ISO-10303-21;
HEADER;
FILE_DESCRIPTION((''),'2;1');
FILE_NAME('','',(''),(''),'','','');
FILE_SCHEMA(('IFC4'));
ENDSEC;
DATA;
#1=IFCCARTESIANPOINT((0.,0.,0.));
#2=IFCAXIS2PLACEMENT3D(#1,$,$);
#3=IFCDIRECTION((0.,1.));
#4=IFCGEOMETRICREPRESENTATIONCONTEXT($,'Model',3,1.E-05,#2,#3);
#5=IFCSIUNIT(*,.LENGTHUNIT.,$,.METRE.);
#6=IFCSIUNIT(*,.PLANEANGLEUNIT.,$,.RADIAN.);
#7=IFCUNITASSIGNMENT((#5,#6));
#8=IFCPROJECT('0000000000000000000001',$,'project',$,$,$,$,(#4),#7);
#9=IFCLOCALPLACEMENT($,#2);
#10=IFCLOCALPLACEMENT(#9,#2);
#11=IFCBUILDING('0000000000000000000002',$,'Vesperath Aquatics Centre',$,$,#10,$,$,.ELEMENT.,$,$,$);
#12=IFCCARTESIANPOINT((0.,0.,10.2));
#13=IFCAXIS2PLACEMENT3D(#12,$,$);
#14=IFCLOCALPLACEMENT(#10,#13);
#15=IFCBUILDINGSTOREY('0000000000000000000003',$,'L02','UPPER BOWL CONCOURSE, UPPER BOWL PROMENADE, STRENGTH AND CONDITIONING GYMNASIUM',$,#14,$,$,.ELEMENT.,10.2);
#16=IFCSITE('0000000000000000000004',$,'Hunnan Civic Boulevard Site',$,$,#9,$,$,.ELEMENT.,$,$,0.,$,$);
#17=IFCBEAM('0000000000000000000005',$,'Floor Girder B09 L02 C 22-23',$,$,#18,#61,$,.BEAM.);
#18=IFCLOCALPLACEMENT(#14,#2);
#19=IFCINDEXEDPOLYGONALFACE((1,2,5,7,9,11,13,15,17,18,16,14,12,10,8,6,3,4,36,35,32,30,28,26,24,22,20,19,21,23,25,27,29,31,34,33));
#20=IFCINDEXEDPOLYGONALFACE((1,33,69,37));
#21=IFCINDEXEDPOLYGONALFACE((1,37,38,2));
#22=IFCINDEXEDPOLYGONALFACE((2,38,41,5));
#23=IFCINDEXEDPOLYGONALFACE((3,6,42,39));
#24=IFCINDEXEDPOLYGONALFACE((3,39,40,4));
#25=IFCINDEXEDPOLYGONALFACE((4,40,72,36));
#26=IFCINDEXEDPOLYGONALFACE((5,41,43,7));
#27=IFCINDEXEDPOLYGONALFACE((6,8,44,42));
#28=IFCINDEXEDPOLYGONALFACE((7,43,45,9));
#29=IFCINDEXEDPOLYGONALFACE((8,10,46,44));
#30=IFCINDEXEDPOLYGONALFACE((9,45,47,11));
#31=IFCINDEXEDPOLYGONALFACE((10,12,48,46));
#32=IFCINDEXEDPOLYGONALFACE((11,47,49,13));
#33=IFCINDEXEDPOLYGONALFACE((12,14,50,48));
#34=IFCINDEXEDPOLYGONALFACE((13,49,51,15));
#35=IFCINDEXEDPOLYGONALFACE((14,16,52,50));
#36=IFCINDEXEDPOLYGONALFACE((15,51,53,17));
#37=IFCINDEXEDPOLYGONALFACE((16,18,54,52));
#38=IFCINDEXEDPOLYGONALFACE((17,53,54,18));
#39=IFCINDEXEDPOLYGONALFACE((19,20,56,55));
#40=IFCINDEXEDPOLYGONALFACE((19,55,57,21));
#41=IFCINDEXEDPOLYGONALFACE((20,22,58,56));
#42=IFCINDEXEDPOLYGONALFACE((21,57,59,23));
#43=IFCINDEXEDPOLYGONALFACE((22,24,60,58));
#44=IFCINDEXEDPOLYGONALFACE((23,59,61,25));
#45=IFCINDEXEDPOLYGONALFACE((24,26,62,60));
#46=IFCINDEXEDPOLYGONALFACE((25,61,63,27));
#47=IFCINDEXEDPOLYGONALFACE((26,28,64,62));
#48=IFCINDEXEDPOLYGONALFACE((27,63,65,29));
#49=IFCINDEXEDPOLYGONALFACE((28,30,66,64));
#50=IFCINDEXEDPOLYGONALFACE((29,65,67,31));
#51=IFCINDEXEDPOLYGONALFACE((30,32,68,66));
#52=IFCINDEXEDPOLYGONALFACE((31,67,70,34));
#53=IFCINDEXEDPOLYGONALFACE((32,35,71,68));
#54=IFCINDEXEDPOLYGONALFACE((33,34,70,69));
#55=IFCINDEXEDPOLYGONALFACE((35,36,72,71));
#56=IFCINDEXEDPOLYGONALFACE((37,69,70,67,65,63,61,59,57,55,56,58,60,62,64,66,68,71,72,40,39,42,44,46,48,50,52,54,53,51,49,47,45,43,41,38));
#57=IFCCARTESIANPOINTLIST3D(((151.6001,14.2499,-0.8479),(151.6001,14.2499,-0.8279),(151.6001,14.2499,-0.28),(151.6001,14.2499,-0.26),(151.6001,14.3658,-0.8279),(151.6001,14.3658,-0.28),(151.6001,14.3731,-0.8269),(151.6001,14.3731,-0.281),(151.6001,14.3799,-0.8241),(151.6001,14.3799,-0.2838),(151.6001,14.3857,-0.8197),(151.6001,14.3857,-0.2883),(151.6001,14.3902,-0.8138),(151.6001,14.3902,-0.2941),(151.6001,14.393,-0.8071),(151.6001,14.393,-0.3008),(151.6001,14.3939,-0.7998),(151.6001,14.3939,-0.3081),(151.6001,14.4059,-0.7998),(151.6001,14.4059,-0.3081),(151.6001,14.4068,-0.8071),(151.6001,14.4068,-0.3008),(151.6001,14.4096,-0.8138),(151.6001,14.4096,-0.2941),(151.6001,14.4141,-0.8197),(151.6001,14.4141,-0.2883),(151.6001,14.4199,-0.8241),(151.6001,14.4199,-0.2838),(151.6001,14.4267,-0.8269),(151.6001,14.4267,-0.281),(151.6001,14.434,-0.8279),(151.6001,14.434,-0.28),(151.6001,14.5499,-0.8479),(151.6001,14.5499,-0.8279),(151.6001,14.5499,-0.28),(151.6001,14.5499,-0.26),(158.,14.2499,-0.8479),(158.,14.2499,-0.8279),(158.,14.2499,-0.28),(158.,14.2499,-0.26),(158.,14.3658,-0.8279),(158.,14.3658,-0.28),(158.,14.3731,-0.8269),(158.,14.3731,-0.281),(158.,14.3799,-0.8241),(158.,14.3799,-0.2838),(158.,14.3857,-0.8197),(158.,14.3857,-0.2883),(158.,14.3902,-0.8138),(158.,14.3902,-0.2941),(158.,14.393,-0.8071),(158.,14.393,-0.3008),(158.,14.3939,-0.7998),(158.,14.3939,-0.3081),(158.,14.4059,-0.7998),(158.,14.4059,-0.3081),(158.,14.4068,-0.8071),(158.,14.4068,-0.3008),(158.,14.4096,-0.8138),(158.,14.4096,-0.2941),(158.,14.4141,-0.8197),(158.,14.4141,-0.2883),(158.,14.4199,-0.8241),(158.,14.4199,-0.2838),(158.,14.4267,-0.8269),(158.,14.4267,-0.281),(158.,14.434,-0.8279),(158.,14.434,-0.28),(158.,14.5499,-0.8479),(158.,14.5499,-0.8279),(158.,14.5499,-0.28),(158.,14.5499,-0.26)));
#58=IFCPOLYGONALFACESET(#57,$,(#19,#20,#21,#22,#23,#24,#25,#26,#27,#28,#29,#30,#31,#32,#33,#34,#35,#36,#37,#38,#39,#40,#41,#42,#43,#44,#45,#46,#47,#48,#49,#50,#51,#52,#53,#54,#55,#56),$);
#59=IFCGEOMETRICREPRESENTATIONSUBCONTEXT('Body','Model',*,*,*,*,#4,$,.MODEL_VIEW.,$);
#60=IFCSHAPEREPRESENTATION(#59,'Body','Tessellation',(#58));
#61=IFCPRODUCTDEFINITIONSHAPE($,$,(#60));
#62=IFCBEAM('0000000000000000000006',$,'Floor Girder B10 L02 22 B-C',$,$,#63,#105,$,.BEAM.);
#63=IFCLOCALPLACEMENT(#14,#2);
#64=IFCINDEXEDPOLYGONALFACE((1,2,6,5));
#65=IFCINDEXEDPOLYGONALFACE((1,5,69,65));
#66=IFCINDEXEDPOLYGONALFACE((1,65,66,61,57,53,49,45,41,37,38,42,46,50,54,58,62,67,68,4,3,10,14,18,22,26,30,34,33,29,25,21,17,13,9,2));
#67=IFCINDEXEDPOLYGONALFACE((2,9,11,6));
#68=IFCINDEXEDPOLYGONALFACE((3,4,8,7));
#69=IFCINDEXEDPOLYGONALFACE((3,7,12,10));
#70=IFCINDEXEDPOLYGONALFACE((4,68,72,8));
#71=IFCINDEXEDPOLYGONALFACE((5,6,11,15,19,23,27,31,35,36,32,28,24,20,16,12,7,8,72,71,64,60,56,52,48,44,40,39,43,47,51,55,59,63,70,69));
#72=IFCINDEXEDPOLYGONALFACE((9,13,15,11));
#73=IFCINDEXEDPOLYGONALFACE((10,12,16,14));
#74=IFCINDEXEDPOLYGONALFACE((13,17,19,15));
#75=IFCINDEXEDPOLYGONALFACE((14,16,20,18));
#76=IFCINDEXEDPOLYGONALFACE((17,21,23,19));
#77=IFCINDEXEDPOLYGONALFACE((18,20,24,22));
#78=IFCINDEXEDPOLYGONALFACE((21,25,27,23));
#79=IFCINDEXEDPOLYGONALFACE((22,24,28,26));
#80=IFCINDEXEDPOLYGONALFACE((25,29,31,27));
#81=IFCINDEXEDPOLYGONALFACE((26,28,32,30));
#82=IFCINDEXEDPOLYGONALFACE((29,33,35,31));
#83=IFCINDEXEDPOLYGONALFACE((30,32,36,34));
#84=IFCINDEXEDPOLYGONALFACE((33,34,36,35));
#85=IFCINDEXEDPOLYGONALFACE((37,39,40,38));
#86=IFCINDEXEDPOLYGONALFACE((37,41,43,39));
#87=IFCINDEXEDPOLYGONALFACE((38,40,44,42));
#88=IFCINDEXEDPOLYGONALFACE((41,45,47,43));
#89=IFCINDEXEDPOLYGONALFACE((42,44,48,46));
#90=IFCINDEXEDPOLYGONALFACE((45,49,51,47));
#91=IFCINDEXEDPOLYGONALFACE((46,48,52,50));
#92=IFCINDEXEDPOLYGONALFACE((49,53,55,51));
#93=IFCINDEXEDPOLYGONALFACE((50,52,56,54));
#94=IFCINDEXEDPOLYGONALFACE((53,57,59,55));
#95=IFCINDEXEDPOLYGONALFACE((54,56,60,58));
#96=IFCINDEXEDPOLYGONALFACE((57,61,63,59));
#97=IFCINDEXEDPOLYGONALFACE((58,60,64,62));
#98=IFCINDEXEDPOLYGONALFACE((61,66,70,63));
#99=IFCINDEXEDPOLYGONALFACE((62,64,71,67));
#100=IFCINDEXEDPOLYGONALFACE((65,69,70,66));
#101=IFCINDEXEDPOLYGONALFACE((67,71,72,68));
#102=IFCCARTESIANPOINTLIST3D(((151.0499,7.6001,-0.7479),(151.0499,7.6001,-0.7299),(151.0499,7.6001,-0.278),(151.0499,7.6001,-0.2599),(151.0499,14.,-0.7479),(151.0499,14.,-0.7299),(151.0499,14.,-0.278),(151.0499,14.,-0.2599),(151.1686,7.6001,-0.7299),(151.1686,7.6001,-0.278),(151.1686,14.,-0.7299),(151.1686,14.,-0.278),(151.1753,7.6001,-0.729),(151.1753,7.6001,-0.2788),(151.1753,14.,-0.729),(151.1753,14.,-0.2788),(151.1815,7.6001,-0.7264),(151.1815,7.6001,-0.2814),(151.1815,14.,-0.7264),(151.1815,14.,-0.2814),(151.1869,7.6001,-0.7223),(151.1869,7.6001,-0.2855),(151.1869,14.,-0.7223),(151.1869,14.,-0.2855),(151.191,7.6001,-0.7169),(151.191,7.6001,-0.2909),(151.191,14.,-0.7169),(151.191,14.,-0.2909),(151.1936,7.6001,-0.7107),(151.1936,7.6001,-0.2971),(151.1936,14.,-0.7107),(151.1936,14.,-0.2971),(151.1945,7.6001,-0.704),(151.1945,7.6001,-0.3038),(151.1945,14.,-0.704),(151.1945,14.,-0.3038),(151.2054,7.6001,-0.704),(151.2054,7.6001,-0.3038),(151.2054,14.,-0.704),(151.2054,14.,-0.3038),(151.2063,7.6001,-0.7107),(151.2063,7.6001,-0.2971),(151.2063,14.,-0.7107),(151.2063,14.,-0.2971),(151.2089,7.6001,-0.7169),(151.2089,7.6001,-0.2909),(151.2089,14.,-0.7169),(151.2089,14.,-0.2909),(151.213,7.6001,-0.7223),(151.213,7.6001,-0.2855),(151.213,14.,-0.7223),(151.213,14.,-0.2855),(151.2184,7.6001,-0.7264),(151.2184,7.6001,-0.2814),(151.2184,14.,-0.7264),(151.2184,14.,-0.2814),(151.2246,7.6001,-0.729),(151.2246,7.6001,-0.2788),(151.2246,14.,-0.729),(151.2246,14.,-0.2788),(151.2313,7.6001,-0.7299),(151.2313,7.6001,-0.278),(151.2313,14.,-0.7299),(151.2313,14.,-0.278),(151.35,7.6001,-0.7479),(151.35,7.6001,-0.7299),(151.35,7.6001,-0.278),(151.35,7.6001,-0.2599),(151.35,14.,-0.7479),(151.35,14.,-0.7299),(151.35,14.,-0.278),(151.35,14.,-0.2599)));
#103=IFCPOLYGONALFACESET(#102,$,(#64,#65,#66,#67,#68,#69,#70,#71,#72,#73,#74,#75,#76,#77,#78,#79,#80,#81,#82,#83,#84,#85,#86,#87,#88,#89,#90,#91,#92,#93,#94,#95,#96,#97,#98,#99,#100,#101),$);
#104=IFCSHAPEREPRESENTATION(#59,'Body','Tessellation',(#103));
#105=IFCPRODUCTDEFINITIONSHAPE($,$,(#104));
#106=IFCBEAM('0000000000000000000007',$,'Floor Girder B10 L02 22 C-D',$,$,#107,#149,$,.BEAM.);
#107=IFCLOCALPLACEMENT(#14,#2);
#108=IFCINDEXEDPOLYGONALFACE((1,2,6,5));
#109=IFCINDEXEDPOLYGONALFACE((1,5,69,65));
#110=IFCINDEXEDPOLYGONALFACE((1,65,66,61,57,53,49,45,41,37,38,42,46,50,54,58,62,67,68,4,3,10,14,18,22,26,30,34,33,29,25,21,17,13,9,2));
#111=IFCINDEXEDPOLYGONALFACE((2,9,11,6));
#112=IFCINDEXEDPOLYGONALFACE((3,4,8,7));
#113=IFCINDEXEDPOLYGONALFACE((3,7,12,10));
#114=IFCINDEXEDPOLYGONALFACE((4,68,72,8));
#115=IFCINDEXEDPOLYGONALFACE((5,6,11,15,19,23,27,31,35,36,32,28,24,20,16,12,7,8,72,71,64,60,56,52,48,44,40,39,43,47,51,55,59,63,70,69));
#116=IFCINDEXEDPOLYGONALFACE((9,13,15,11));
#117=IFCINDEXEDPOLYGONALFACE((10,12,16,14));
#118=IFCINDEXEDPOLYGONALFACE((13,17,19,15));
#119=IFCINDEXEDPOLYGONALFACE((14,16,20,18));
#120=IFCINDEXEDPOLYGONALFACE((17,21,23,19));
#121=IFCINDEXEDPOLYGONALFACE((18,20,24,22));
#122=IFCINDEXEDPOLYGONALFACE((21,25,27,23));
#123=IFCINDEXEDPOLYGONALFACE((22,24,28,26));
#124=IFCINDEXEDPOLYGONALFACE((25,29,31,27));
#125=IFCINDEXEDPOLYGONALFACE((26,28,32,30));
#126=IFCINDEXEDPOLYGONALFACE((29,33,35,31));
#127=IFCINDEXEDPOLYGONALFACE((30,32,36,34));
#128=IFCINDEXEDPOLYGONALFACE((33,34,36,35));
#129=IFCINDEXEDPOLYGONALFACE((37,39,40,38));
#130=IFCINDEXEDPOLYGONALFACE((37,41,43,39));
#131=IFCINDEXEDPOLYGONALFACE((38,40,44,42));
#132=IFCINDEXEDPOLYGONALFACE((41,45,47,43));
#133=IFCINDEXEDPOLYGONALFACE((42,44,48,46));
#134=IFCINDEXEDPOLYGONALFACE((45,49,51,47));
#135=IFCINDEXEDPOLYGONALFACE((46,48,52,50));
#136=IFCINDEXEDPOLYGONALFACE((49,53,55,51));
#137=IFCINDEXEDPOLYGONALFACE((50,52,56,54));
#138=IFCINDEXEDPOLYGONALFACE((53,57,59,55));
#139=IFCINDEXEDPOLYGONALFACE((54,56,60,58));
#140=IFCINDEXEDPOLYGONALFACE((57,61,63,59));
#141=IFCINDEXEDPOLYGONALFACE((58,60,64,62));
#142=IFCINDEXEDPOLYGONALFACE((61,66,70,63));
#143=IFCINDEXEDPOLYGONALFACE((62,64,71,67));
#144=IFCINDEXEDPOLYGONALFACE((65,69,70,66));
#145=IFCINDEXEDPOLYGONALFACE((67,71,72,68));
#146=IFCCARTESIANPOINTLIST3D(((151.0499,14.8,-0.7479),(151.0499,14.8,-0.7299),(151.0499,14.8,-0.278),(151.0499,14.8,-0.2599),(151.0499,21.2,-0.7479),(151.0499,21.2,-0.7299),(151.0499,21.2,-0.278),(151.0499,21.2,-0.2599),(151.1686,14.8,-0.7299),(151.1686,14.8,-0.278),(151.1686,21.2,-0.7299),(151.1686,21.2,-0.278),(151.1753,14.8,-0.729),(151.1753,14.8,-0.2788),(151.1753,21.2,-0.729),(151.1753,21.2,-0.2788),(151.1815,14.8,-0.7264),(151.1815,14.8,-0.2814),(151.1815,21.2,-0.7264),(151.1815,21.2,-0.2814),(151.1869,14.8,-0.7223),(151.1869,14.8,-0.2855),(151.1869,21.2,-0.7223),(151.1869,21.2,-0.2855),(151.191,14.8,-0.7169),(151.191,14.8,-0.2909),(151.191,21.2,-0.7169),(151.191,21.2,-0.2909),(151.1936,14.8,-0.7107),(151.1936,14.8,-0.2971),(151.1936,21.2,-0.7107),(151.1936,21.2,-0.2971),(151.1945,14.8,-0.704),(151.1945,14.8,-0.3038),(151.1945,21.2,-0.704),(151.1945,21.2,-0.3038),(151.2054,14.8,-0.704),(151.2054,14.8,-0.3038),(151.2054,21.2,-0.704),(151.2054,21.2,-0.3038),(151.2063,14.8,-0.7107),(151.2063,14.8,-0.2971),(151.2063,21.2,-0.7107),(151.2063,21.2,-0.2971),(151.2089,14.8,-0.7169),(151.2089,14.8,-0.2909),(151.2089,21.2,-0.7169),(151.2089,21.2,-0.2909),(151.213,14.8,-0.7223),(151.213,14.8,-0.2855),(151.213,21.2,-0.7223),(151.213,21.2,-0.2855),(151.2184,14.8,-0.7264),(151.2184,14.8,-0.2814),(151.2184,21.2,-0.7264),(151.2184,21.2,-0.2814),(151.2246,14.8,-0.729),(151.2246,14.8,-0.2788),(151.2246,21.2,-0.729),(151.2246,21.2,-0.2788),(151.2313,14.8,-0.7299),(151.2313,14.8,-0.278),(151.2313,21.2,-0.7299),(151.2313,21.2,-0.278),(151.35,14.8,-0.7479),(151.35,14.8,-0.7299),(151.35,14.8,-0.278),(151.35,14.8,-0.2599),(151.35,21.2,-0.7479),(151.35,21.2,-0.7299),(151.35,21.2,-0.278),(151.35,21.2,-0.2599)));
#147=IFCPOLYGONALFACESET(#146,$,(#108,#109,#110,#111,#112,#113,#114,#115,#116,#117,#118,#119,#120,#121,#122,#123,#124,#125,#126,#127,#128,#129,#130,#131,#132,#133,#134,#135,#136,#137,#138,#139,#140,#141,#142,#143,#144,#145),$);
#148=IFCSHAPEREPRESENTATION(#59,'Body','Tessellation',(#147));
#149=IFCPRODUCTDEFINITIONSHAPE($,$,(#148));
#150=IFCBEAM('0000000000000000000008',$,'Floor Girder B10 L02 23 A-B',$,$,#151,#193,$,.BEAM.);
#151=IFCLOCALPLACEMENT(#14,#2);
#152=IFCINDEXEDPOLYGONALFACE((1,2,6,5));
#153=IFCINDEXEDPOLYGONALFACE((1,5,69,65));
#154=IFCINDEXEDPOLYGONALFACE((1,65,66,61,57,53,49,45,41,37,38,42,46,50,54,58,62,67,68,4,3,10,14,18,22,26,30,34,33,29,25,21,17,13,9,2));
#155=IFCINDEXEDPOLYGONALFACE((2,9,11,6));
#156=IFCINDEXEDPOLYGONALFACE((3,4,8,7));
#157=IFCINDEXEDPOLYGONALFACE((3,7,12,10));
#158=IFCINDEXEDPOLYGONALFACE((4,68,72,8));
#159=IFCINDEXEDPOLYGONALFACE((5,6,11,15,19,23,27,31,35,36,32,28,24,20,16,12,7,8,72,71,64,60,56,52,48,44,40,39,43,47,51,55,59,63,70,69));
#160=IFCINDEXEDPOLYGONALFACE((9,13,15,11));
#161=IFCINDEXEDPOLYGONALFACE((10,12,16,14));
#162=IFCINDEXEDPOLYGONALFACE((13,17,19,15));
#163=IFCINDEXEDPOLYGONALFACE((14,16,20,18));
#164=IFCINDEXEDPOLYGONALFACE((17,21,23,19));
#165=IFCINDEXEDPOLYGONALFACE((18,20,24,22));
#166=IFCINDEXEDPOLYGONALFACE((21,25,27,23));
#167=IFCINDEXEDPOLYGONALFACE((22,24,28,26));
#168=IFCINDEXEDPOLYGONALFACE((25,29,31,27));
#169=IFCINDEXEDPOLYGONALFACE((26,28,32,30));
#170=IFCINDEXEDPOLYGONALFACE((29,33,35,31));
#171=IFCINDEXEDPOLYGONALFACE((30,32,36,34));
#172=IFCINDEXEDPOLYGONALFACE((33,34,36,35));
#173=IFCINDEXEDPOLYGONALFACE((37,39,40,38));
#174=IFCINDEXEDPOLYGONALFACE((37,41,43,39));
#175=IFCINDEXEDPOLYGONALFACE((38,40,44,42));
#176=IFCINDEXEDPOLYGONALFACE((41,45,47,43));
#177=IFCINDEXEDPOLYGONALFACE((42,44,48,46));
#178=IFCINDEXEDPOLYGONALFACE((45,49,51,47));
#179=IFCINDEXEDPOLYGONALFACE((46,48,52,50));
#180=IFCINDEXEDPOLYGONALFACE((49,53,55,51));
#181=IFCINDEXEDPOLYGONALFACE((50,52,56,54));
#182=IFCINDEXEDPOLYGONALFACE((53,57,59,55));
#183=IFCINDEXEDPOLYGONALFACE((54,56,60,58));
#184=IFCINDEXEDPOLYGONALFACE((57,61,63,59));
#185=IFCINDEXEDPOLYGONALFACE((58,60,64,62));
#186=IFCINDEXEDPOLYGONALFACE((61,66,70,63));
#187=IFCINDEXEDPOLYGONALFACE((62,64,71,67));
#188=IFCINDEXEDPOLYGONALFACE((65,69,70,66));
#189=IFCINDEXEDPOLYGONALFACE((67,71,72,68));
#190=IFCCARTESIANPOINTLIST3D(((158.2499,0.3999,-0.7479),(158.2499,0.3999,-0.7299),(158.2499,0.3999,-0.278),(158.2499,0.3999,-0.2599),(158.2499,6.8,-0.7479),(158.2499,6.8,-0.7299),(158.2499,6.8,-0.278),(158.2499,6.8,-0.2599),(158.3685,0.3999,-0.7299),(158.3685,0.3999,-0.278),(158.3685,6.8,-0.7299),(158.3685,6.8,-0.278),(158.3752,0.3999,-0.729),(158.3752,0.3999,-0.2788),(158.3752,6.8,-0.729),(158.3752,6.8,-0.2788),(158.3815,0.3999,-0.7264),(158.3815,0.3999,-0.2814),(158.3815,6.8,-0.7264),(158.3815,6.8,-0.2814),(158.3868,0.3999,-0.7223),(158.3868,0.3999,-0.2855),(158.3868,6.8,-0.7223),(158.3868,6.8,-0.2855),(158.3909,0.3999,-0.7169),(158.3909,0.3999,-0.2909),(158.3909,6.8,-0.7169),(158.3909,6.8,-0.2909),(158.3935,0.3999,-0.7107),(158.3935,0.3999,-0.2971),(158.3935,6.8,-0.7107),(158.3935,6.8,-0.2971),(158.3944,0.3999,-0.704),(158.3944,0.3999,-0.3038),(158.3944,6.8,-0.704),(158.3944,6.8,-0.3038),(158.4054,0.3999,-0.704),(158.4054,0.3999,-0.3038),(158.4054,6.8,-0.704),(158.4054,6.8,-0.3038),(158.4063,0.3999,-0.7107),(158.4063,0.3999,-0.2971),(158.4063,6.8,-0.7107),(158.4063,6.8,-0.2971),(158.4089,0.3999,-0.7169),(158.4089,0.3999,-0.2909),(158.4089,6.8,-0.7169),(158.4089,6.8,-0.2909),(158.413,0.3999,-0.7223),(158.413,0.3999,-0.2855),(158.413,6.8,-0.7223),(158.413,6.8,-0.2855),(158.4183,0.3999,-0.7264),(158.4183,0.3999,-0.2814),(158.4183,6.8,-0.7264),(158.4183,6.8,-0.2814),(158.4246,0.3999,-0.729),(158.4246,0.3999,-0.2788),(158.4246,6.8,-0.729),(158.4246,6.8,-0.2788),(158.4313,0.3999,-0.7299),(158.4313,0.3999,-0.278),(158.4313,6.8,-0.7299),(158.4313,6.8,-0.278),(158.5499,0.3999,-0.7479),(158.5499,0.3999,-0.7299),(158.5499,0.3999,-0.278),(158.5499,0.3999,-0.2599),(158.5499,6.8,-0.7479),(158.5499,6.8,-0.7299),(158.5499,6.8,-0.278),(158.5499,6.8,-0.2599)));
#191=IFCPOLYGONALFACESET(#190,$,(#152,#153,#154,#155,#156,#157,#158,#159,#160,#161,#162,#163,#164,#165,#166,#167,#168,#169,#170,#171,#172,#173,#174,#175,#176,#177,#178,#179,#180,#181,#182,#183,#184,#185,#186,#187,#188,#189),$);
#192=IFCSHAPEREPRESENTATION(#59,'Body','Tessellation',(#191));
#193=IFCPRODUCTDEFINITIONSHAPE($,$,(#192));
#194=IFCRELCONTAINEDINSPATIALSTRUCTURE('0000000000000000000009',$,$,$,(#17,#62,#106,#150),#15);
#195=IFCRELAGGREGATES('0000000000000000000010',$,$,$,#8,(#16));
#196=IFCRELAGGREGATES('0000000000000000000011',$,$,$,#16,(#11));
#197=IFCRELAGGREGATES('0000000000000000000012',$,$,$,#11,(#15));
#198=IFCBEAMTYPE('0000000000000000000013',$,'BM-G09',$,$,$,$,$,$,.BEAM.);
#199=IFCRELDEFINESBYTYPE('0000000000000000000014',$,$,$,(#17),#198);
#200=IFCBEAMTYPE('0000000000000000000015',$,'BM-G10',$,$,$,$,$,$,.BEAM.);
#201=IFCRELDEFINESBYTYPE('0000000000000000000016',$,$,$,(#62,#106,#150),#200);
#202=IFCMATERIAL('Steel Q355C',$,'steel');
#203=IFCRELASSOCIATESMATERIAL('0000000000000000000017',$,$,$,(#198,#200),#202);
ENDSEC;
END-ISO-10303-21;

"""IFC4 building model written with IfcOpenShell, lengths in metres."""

from ifc_helpers import new_model, si_unit, direction, frame, origin, origin_2d, place, context, subcontext, project, spatial, i_section, extrude, material, material_profile, profile_set, type_object, element, save


model = new_model("IFC4")

# Units and contexts
model_context = context("Model", 3, precision=1e-05, world=origin(), true_north=direction((0.0, 1.0)))
body_context = subcontext(model_context, "Body", "Model", "MODEL_VIEW")
ifc_project = project(units=[si_unit("LENGTHUNIT", "METRE"), si_unit("PLANEANGLEUNIT", "RADIAN")], contexts=[model_context])

# Site, building, storey
site_placement = place(None, origin())
site = spatial("IfcSite", under=ifc_project, at=site_placement, Name="Hunnan Civic Boulevard Site", CompositionType="ELEMENT", RefElevation=0.0)
building_placement = place(site_placement, origin())
building = spatial("IfcBuilding", under=site, at=building_placement, Name="Vesperath Aquatics Centre", CompositionType="ELEMENT")
storey_placement = place(building_placement, frame((0.0, 0.0, 10.2)))
storey = spatial("IfcBuildingStorey", under=building, at=storey_placement, Name="L02", Description="UPPER BOWL CONCOURSE, UPPER BOWL PROMENADE, STRENGTH AND CONDITIONING GYMNASIUM", CompositionType="ELEMENT", Elevation=10.2)

# Beams
ifc_material_1 = material(Name="Steel Q355C", Category="steel")
ifc_material_profile_1 = material_profile(ifc_material_1, i_section(OverallWidth=0.3, OverallDepth=0.5879, WebThickness=0.012, FlangeThickness=0.02, FilletRadius=0.0281, at=origin_2d()), Name="HM 588x300x12x20")
ifc_profile_set_1 = profile_set([ifc_material_profile_1], Name="Steel Q355C")
beam_type_1 = type_object("IfcBeamType", Name="BM-G09", PredefinedType="BEAM", material=ifc_profile_set_1)
for number, where, z_axis, x_axis, name in (
    (1, (151.6001, 14.3999, -0.554), (1.0, 0.0, 0.0), (0.0, 1.0, 0.0), "Floor Girder B09 L02 C 22-23"),
):
    element("IfcBeam", number, at=place(storey_placement, frame(where, z_axis=z_axis, x_axis=x_axis)), inside=storey, type_object=beam_type_1, Name=name, PredefinedType="BEAM", context=body_context, shape_type="SweptSolid", body=[
        extrude(i_section(OverallWidth=0.3, OverallDepth=0.5879, WebThickness=0.012, FlangeThickness=0.02, FilletRadius=0.0281, at=origin_2d()), origin(), (0.0, 0.0, 1.0), 6.3999),
    ])
ifc_material_profile_2 = material_profile(ifc_material_1, i_section(OverallWidth=0.3, OverallDepth=0.488, WebThickness=0.011, FlangeThickness=0.0181, FilletRadius=0.0259, at=origin_2d()), Name="HM 488x300x11x18")
ifc_profile_set_2 = profile_set([ifc_material_profile_2], Name="Steel Q355C")
beam_type_2 = type_object("IfcBeamType", Name="BM-G10", PredefinedType="BEAM", material=ifc_profile_set_2)
for number, where, z_axis, x_axis, name in (
    (2, (151.2, 7.6001, -0.5039), (0.0, 1.0, 0.0), (-1.0, 0.0, 0.0), "Floor Girder B10 L02 22 B-C"),
    (3, (151.2, 14.8, -0.5039), (0.0, 1.0, 0.0), (-1.0, 0.0, 0.0), "Floor Girder B10 L02 22 C-D"),
):
    element("IfcBeam", number, at=place(storey_placement, frame(where, z_axis=z_axis, x_axis=x_axis)), inside=storey, type_object=beam_type_2, Name=name, PredefinedType="BEAM", context=body_context, shape_type="SweptSolid", body=[
        extrude(i_section(OverallWidth=0.3, OverallDepth=0.488, WebThickness=0.011, FlangeThickness=0.0181, FilletRadius=0.0259, at=origin_2d()), origin(), (0.0, 0.0, 1.0), 6.3999),
    ])
beam_1_placement = place(storey_placement, frame((158.3999, 0.3999, -0.5039), z_axis=(0.0, 1.0, 0.0), x_axis=(-1.0, 0.0, 0.0)))
element("IfcBeam", 4, at=beam_1_placement, inside=storey, type_object=beam_type_2, Name="Floor Girder B10 L02 23 A-B", PredefinedType="BEAM", context=body_context, shape_type="SweptSolid", body=[
    extrude(i_section(OverallWidth=0.3, OverallDepth=0.488, WebThickness=0.011, FlangeThickness=0.0181, FilletRadius=0.0259, at=origin_2d()), origin(), (0.0, 0.0, 1.0), 6.4001),
])

save(model, "model.ifc")
